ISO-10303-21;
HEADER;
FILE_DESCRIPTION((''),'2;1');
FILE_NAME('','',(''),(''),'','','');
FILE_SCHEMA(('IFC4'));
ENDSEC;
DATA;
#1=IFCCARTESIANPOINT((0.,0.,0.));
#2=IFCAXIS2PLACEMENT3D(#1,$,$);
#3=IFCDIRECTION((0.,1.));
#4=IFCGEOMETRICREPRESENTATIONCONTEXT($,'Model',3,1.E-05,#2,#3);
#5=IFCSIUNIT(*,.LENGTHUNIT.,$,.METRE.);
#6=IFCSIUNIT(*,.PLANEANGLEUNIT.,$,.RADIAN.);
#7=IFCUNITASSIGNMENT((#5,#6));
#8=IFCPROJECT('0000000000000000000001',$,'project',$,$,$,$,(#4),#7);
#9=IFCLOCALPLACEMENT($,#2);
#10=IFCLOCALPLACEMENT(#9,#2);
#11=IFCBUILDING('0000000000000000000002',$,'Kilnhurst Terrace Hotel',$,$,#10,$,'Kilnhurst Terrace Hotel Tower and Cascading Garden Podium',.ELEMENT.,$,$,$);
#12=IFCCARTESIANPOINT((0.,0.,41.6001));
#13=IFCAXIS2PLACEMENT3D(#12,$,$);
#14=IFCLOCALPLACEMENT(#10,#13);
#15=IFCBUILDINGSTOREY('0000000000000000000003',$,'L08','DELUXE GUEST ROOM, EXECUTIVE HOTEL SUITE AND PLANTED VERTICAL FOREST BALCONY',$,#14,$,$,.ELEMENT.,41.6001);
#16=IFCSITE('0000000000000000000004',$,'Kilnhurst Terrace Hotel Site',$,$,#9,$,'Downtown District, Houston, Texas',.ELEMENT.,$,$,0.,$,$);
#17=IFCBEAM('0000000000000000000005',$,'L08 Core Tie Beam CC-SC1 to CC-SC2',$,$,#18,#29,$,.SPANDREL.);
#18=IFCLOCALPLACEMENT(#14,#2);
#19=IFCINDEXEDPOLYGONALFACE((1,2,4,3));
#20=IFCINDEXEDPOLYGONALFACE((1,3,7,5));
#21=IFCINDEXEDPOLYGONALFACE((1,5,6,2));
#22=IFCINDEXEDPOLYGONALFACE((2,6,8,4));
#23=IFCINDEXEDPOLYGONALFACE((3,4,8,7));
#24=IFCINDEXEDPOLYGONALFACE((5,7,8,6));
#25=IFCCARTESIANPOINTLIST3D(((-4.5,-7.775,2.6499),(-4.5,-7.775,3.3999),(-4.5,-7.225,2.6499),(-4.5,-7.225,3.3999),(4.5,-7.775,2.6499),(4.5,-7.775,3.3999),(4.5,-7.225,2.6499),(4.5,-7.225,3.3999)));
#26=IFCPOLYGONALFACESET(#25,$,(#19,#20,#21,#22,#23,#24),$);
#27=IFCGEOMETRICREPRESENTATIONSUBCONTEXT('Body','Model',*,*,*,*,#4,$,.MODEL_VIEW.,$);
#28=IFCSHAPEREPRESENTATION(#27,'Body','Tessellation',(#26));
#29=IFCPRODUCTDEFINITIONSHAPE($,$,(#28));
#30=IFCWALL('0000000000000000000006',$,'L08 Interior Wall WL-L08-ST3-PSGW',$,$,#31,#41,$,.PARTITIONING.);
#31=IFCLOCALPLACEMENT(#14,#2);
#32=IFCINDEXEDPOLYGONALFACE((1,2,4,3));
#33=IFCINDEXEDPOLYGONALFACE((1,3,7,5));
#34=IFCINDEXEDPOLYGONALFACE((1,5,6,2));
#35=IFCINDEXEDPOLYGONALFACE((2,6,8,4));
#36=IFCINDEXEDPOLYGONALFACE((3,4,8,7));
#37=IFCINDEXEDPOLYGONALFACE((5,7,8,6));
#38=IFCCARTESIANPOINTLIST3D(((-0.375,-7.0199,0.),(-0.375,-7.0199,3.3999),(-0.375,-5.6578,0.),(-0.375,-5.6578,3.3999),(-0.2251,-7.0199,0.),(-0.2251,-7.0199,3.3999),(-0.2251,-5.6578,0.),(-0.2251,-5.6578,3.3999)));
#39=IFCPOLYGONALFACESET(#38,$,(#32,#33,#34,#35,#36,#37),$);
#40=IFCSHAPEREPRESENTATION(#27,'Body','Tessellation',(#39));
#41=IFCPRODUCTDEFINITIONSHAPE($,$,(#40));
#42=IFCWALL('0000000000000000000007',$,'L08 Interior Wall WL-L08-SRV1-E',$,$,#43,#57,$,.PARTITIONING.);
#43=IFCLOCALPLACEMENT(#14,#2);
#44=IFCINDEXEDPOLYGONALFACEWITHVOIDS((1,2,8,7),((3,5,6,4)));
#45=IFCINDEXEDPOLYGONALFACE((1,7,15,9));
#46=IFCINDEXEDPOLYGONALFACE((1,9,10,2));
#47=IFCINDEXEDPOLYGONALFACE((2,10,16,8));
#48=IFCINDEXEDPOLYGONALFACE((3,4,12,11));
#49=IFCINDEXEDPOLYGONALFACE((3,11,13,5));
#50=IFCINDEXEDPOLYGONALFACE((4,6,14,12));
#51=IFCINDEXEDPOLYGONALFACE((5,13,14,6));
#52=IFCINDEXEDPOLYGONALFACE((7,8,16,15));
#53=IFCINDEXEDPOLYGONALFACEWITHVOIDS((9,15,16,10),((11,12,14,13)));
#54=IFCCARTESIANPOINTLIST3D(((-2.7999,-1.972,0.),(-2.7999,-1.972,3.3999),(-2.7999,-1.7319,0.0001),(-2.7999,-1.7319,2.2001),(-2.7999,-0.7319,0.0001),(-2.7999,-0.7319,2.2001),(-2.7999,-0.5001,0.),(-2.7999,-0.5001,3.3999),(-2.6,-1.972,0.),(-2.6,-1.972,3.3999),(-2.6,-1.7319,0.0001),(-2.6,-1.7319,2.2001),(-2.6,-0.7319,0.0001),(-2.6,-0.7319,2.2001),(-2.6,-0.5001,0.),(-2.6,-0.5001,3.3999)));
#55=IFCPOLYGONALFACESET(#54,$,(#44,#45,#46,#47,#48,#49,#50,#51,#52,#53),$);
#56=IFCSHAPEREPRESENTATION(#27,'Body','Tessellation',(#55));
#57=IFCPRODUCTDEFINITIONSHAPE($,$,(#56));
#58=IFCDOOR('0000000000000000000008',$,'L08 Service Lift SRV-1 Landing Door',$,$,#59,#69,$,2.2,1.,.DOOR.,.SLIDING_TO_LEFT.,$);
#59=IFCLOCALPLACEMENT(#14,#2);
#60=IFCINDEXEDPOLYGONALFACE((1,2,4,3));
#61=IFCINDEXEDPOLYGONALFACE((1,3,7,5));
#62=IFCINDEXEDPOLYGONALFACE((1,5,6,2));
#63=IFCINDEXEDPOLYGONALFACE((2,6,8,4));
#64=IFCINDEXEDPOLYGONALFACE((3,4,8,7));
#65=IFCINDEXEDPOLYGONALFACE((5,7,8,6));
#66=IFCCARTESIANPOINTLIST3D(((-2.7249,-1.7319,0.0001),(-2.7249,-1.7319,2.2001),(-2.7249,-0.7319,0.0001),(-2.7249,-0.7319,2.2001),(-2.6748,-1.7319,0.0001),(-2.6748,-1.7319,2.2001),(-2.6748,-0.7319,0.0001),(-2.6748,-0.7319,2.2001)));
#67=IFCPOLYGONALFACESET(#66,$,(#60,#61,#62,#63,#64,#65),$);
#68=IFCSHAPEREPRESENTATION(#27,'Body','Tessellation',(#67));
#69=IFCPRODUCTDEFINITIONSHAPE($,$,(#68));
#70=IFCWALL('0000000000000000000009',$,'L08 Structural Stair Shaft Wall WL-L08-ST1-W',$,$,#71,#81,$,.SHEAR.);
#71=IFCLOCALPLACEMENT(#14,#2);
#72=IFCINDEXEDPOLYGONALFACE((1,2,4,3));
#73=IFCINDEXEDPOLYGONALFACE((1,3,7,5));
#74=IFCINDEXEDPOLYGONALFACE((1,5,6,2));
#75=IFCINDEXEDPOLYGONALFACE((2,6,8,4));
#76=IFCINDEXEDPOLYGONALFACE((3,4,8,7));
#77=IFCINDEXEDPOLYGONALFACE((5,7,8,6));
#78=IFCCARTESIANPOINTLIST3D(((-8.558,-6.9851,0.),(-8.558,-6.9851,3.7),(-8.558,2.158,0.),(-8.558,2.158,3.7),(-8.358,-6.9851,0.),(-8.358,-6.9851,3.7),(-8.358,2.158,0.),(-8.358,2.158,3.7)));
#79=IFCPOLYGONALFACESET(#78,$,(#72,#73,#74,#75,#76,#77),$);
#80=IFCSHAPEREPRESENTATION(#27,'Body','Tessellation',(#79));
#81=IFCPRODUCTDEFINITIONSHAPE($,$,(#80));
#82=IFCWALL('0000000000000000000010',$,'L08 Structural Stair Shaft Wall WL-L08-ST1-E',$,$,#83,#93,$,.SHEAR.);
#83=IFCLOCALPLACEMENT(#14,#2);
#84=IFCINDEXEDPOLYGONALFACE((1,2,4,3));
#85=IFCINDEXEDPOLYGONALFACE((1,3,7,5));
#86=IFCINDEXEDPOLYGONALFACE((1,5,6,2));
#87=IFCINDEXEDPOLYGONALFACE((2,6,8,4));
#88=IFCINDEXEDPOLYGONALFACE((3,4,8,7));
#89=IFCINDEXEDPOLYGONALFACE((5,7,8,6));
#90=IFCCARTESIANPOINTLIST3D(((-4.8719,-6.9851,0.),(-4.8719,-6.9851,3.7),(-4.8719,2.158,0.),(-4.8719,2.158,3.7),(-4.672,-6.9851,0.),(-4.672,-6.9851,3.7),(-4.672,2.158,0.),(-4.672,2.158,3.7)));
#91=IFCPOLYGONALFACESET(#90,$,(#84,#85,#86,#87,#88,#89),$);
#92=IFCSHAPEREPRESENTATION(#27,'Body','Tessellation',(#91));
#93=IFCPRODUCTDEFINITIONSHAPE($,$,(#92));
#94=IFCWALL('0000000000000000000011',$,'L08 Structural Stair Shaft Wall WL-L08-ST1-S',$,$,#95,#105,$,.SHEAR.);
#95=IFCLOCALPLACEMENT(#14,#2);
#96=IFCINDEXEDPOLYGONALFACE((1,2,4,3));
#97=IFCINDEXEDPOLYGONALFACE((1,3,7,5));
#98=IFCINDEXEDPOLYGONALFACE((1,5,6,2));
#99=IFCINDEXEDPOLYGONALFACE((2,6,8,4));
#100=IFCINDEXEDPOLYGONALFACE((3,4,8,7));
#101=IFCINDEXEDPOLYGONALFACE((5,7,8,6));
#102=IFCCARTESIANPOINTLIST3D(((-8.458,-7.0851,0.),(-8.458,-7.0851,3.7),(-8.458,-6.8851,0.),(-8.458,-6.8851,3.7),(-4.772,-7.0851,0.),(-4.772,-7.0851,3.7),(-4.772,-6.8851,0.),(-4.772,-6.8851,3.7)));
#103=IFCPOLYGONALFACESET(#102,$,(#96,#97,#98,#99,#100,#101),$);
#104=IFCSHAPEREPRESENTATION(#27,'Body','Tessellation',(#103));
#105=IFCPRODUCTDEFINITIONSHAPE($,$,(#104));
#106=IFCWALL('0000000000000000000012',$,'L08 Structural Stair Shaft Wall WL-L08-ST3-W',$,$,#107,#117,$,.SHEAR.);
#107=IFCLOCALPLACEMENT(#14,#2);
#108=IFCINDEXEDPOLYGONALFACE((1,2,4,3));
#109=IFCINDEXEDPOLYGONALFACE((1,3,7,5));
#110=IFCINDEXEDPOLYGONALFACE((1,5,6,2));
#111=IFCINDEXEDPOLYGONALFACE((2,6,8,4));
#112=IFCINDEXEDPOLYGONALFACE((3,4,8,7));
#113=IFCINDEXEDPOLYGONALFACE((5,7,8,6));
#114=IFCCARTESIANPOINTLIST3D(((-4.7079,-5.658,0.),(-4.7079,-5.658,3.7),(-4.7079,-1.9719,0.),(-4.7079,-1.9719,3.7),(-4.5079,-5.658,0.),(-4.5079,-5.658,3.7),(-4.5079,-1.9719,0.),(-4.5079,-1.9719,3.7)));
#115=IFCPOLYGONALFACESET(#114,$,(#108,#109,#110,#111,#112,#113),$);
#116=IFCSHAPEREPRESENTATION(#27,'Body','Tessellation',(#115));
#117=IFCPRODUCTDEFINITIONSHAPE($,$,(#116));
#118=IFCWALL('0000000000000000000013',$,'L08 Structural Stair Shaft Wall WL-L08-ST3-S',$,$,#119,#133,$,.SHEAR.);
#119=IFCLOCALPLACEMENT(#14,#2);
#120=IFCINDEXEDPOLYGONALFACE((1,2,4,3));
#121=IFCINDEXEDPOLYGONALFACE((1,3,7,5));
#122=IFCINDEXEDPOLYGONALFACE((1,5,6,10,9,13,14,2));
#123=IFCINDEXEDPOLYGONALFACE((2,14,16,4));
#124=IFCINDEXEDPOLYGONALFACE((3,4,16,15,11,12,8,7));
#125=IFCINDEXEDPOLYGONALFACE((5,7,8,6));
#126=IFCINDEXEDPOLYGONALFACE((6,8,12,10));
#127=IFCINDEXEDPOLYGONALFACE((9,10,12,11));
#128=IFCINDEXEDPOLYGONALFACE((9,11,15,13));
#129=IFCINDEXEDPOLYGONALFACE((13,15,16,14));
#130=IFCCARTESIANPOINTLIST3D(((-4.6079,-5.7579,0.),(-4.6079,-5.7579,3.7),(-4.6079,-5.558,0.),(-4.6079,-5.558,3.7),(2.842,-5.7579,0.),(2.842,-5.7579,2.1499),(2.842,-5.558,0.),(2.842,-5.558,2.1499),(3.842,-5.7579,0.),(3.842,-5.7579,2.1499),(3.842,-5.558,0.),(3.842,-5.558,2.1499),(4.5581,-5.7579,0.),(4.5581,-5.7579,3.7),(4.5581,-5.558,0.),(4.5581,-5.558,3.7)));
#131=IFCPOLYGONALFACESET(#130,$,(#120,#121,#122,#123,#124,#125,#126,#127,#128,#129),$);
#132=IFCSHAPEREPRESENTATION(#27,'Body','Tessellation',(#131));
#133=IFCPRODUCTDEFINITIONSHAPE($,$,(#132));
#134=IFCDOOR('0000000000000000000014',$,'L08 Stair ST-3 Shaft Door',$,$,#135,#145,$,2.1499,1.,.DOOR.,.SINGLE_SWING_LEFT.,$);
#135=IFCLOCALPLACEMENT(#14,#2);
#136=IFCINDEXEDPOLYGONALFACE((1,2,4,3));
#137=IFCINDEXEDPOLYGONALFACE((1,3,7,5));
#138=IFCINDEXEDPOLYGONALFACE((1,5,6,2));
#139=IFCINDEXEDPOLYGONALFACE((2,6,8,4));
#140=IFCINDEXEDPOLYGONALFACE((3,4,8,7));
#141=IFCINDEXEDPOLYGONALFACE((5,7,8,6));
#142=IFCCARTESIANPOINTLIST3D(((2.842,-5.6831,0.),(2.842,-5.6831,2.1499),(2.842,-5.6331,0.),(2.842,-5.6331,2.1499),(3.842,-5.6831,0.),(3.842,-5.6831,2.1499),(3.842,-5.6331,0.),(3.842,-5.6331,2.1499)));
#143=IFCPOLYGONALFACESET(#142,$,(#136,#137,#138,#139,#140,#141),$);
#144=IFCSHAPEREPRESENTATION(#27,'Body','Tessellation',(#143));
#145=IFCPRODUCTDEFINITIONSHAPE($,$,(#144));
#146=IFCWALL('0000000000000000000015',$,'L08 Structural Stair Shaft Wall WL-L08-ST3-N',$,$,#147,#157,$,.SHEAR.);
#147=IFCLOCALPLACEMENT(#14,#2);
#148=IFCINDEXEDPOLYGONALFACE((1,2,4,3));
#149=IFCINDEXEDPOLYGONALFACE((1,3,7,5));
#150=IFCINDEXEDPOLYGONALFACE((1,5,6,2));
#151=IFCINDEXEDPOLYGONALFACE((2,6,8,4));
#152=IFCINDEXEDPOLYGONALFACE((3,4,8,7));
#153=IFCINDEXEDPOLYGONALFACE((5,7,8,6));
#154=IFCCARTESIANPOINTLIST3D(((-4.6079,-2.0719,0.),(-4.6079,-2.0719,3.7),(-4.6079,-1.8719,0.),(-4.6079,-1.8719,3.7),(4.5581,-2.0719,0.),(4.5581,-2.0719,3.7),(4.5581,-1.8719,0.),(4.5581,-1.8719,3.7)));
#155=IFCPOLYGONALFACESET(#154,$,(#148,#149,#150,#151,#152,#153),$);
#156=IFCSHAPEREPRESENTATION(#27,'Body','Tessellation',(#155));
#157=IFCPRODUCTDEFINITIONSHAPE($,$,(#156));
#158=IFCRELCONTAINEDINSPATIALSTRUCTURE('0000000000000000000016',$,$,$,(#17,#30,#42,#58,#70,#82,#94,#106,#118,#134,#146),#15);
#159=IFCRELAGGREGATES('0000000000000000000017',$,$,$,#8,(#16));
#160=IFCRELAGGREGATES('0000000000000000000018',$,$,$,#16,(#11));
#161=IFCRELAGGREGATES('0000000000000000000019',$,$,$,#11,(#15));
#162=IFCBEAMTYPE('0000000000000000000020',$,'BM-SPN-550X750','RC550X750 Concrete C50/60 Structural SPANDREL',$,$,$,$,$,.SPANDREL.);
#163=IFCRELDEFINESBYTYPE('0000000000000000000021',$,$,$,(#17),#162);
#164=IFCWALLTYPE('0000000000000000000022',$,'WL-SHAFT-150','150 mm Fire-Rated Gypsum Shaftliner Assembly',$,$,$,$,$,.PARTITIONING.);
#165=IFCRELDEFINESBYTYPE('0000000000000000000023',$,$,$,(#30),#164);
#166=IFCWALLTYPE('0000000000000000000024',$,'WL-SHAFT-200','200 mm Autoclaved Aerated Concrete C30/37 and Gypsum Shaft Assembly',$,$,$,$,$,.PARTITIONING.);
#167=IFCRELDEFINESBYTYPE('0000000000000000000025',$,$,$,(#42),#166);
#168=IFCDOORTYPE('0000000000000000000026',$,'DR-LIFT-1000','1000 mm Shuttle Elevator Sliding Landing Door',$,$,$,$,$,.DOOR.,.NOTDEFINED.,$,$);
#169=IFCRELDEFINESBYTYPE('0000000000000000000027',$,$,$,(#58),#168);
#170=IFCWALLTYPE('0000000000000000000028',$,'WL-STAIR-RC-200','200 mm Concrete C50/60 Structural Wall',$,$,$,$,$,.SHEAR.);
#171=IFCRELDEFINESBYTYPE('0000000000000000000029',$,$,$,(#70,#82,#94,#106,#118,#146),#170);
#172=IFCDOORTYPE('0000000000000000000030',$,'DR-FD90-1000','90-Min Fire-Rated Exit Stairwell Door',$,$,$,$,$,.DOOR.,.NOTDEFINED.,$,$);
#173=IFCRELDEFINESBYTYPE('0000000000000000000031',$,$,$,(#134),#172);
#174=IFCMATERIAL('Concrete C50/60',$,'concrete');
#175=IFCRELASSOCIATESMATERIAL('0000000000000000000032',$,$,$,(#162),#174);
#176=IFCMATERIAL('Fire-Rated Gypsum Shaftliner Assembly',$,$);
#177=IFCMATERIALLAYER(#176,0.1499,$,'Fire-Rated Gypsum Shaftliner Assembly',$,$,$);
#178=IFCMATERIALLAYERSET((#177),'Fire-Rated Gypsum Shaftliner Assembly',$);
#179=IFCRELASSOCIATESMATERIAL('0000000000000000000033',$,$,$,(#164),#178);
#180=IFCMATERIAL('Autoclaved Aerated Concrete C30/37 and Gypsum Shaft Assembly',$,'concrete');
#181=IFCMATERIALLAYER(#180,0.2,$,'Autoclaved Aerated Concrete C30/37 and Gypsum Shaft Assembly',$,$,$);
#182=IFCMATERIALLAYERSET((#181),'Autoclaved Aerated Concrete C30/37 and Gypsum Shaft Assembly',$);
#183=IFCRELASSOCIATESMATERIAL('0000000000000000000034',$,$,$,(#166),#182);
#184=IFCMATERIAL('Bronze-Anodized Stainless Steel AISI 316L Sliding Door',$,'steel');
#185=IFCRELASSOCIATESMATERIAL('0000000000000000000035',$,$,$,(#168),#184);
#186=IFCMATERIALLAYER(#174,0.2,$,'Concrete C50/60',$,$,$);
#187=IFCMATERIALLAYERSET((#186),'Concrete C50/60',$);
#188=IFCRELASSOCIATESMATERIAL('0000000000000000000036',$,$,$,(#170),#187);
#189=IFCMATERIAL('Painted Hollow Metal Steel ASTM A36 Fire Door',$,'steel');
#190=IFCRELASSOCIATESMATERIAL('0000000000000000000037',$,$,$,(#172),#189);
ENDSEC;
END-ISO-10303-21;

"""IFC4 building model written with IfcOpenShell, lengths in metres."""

from ifc_helpers import new_model, si_unit, direction, frame, frame_2d, origin, origin_2d, place, context, subcontext, project, spatial, rectangle, extrude, material, layer, layer_set, material_profile, profile_set, type_object, element, fill, save


model = new_model("IFC4")

# Units and contexts
model_context = context("Model", 3, precision=1e-05, world=origin(), true_north=direction((0.0, 1.0)))
body_context = subcontext(model_context, "Body", "Model", "MODEL_VIEW")
ifc_project = project(units=[si_unit("LENGTHUNIT", "METRE"), si_unit("PLANEANGLEUNIT", "RADIAN")], contexts=[model_context])

# Site, building, storey
site_placement = place(None, origin())
site = spatial("IfcSite", under=ifc_project, at=site_placement, Name="Kilnhurst Terrace Hotel Site", LongName="Downtown District, Houston, Texas", CompositionType="ELEMENT", RefElevation=0.0)
building_placement = place(site_placement, origin())
building = spatial("IfcBuilding", under=site, at=building_placement, Name="Kilnhurst Terrace Hotel", LongName="Kilnhurst Terrace Hotel Tower and Cascading Garden Podium", CompositionType="ELEMENT")
storey_placement = place(building_placement, frame((0.0, 0.0, 41.6001)))
storey = spatial("IfcBuildingStorey", under=building, at=storey_placement, Name="L08", Description="DELUXE GUEST ROOM, EXECUTIVE HOTEL SUITE AND PLANTED VERTICAL FOREST BALCONY", CompositionType="ELEMENT", Elevation=41.6001)

# Beam
ifc_material_1 = material(Name="Concrete C50/60", Category="concrete")
ifc_material_profile = material_profile(ifc_material_1, rectangle(XDim=0.55, YDim=0.75, at=origin_2d()), Name="RC550X750")
ifc_profile_set = profile_set([ifc_material_profile], Name="Concrete C50/60")
beam_type = type_object("IfcBeamType", Name="BM-SPN-550X750", Description="RC550X750 Concrete C50/60 Structural SPANDREL", PredefinedType="SPANDREL", material=ifc_profile_set)
beam_placement = place(storey_placement, frame((-4.5, -7.5, 3.0249), z_axis=(1.0, 0.0, 0.0), x_axis=(0.0, 1.0, 0.0)))
element("IfcBeam", 1, at=beam_placement, inside=storey, type_object=beam_type, Name="L08 Core Tie Beam CC-SC1 to CC-SC2", PredefinedType="SPANDREL", context=body_context, shape_type="SweptSolid", body=[
    extrude(rectangle(XDim=0.55, YDim=0.75, at=origin_2d()), origin(), (0.0, 0.0, 1.0), 9.0),
])

# Shared definitions
ifc_material_2 = material(Name="Painted Hollow Metal Steel ASTM A36 Fire Door", Category="steel")

# Wall
ifc_material_3 = material(Name="Fire-Rated Gypsum Shaftliner Assembly")
ifc_layer_1 = layer(ifc_material_3, 0.1499, Name="Fire-Rated Gypsum Shaftliner Assembly")
ifc_layer_set_1 = layer_set([ifc_layer_1], Name="Fire-Rated Gypsum Shaftliner Assembly")
wall_type_1 = type_object("IfcWallType", Name="WL-SHAFT-150", Description="150 mm Fire-Rated Gypsum Shaftliner Assembly", PredefinedType="PARTITIONING", material=ifc_layer_set_1)
wall_1_placement = place(storey_placement, frame((-0.3, -7.02, 0.0), z_axis=(0.0, 0.0, 1.0), x_axis=(0.0, 1.0, 0.0)))
element("IfcWall", 2, at=wall_1_placement, inside=storey, type_object=wall_type_1, Name="L08 Interior Wall WL-L08-ST3-PSGW", PredefinedType="PARTITIONING", context=body_context, shape_type="SweptSolid", body=[
    extrude(rectangle(XDim=1.3621, YDim=0.1499, at=frame_2d((0.6812, 0.0))), origin(), (0.0, 0.0, 1.0), 3.3999),
])

# Wall, opening, door
ifc_material_4 = material(Name="Autoclaved Aerated Concrete C30/37 and Gypsum Shaft Assembly", Category="concrete")
ifc_layer_2 = layer(ifc_material_4, 0.2, Name="Autoclaved Aerated Concrete C30/37 and Gypsum Shaft Assembly")
ifc_layer_set_2 = layer_set([ifc_layer_2], Name="Autoclaved Aerated Concrete C30/37 and Gypsum Shaft Assembly")
wall_type_2 = type_object("IfcWallType", Name="WL-SHAFT-200", Description="200 mm Autoclaved Aerated Concrete C30/37 and Gypsum Shaft Assembly", PredefinedType="PARTITIONING", material=ifc_layer_set_2)
wall_2_placement = place(storey_placement, frame((-2.7, -1.9719, 0.0), z_axis=(0.0, 0.0, 1.0), x_axis=(0.0, 1.0, 0.0)))
wall_2 = element("IfcWall", 3, at=wall_2_placement, inside=storey, type_object=wall_type_2, Name="L08 Interior Wall WL-L08-SRV1-E", PredefinedType="PARTITIONING", context=body_context, shape_type="SweptSolid", body=[
    extrude(rectangle(XDim=1.4719, YDim=0.2, at=frame_2d((0.7358, 0.0))), origin(), (0.0, 0.0, 1.0), 3.3999),
])
opening_1_placement = place(wall_2_placement, frame((0.24, 0.0, 0.0)))
opening_1 = element("IfcOpeningElement", 4, at=opening_1_placement, cuts=wall_2, PredefinedType="OPENING", context=body_context, shape_type="SweptSolid", body=[
    extrude(rectangle(XDim=1.0, YDim=2.2, at=frame_2d((0.5, 1.1001))), frame((0.0, 0.1099, 0.0), z_axis=(0.0, -1.0, 0.0), x_axis=(1.0, 0.0, 0.0)), (0.0, 0.0, 1.0), 0.22),
])
ifc_material_5 = material(Name="Bronze-Anodized Stainless Steel AISI 316L Sliding Door", Category="steel")
door_type_1 = type_object("IfcDoorType", Name="DR-LIFT-1000", Description="1000 mm Shuttle Elevator Sliding Landing Door", OperationType="NOTDEFINED", PredefinedType="DOOR", material=ifc_material_5)
door_1_placement = place(opening_1_placement, origin())
door_1 = element("IfcDoor", 5, at=door_1_placement, inside=storey, type_object=door_type_1, Name="L08 Service Lift SRV-1 Landing Door", OperationType="SLIDING_TO_LEFT", OverallHeight=2.2, OverallWidth=1.0, PredefinedType="DOOR", context=body_context, shape_type="SweptSolid", body=[
    extrude(rectangle(XDim=1.0, YDim=2.2, at=frame_2d((0.5, 1.1001))), frame((0.0, 0.0249, 0.0), z_axis=(0.0, -1.0, 0.0), x_axis=(1.0, 0.0, 0.0)), (0.0, 0.0, 1.0), 0.05),
])
fill(opening_1, door_1)

# Walls
ifc_layer_3 = layer(ifc_material_1, 0.2, Name="Concrete C50/60")
ifc_layer_set_3 = layer_set([ifc_layer_3], Name="Concrete C50/60")
wall_type_3 = type_object("IfcWallType", Name="WL-STAIR-RC-200", Description="200 mm Concrete C50/60 Structural Wall", PredefinedType="SHEAR", material=ifc_layer_set_3)
for number, where, z_axis, x_axis, name in (
    (6, (-8.458, -6.9851, 0.0), (0.0, 0.0, 1.0), (0.0, 1.0, 0.0), "L08 Structural Stair Shaft Wall WL-L08-ST1-W"),
    (7, (-4.772, -6.9851, 0.0), (0.0, 0.0, 1.0), (0.0, 1.0, 0.0), "L08 Structural Stair Shaft Wall WL-L08-ST1-E"),
):
    element("IfcWall", number, at=place(storey_placement, frame(where, z_axis=z_axis, x_axis=x_axis)), inside=storey, type_object=wall_type_3, Name=name, PredefinedType="SHEAR", context=body_context, shape_type="SweptSolid", body=[
        extrude(rectangle(XDim=9.1431, YDim=0.2, at=frame_2d((4.5715, 0.0))), origin(), (0.0, 0.0, 1.0), 3.7),
    ])
for number, where, z_axis, x_axis, name in (
    (8, (-8.458, -6.9851, 0.0), (0.0, 0.0, 1.0), (1.0, 0.0, 0.0), "L08 Structural Stair Shaft Wall WL-L08-ST1-S"),
    (9, (-4.6079, -5.658, 0.0), (0.0, 0.0, 1.0), (0.0, 1.0, 0.0), "L08 Structural Stair Shaft Wall WL-L08-ST3-W"),
):
    element("IfcWall", number, at=place(storey_placement, frame(where, z_axis=z_axis, x_axis=x_axis)), inside=storey, type_object=wall_type_3, Name=name, PredefinedType="SHEAR", context=body_context, shape_type="SweptSolid", body=[
        extrude(rectangle(XDim=3.686, YDim=0.2, at=frame_2d((1.843, 0.0))), origin(), (0.0, 0.0, 1.0), 3.7),
    ])

# Wall, opening, door
wall_3_placement = place(storey_placement, frame((-4.6079, -5.658, 0.0), z_axis=(0.0, 0.0, 1.0), x_axis=(1.0, 0.0, 0.0)))
wall_3 = element("IfcWall", 10, at=wall_3_placement, inside=storey, type_object=wall_type_3, Name="L08 Structural Stair Shaft Wall WL-L08-ST3-S", PredefinedType="SHEAR", context=body_context, shape_type="SweptSolid", body=[
    extrude(rectangle(XDim=9.166, YDim=0.2, at=frame_2d((4.583, 0.0))), origin(), (0.0, 0.0, 1.0), 3.7),
])
opening_2_placement = place(wall_3_placement, frame((7.45, 0.0, 0.0)))
opening_2 = element("IfcOpeningElement", 11, at=opening_2_placement, cuts=wall_3, PredefinedType="OPENING", context=body_context, shape_type="SweptSolid", body=[
    extrude(rectangle(XDim=1.0, YDim=2.1499, at=frame_2d((0.5, 1.075))), frame((0.0, 0.1099, 0.0), z_axis=(0.0, -1.0, 0.0), x_axis=(1.0, 0.0, 0.0)), (0.0, 0.0, 1.0), 0.22),
])
door_type_2 = type_object("IfcDoorType", Name="DR-FD90-1000", Description="90-Min Fire-Rated Exit Stairwell Door", OperationType="NOTDEFINED", PredefinedType="DOOR", material=ifc_material_2)
door_2_placement = place(opening_2_placement, origin())
door_2 = element("IfcDoor", 12, at=door_2_placement, inside=storey, type_object=door_type_2, Name="L08 Stair ST-3 Shaft Door", OperationType="SINGLE_SWING_LEFT", OverallHeight=2.1499, OverallWidth=1.0, PredefinedType="DOOR", context=body_context, shape_type="SweptSolid", body=[
    extrude(rectangle(XDim=1.0, YDim=2.1499, at=frame_2d((0.5, 1.075))), frame((0.0, 0.0249, 0.0), z_axis=(0.0, -1.0, 0.0), x_axis=(1.0, 0.0, 0.0)), (0.0, 0.0, 1.0), 0.05),
])
fill(opening_2, door_2)

# Wall
wall_4_placement = place(storey_placement, frame((-4.6079, -1.9719, 0.0), z_axis=(0.0, 0.0, 1.0), x_axis=(1.0, 0.0, 0.0)))
element("IfcWall", 13, at=wall_4_placement, inside=storey, type_object=wall_type_3, Name="L08 Structural Stair Shaft Wall WL-L08-ST3-N", PredefinedType="SHEAR", context=body_context, shape_type="SweptSolid", body=[
    extrude(rectangle(XDim=9.166, YDim=0.2, at=frame_2d((4.583, 0.0))), origin(), (0.0, 0.0, 1.0), 3.7),
])

save(model, "model.ifc")
